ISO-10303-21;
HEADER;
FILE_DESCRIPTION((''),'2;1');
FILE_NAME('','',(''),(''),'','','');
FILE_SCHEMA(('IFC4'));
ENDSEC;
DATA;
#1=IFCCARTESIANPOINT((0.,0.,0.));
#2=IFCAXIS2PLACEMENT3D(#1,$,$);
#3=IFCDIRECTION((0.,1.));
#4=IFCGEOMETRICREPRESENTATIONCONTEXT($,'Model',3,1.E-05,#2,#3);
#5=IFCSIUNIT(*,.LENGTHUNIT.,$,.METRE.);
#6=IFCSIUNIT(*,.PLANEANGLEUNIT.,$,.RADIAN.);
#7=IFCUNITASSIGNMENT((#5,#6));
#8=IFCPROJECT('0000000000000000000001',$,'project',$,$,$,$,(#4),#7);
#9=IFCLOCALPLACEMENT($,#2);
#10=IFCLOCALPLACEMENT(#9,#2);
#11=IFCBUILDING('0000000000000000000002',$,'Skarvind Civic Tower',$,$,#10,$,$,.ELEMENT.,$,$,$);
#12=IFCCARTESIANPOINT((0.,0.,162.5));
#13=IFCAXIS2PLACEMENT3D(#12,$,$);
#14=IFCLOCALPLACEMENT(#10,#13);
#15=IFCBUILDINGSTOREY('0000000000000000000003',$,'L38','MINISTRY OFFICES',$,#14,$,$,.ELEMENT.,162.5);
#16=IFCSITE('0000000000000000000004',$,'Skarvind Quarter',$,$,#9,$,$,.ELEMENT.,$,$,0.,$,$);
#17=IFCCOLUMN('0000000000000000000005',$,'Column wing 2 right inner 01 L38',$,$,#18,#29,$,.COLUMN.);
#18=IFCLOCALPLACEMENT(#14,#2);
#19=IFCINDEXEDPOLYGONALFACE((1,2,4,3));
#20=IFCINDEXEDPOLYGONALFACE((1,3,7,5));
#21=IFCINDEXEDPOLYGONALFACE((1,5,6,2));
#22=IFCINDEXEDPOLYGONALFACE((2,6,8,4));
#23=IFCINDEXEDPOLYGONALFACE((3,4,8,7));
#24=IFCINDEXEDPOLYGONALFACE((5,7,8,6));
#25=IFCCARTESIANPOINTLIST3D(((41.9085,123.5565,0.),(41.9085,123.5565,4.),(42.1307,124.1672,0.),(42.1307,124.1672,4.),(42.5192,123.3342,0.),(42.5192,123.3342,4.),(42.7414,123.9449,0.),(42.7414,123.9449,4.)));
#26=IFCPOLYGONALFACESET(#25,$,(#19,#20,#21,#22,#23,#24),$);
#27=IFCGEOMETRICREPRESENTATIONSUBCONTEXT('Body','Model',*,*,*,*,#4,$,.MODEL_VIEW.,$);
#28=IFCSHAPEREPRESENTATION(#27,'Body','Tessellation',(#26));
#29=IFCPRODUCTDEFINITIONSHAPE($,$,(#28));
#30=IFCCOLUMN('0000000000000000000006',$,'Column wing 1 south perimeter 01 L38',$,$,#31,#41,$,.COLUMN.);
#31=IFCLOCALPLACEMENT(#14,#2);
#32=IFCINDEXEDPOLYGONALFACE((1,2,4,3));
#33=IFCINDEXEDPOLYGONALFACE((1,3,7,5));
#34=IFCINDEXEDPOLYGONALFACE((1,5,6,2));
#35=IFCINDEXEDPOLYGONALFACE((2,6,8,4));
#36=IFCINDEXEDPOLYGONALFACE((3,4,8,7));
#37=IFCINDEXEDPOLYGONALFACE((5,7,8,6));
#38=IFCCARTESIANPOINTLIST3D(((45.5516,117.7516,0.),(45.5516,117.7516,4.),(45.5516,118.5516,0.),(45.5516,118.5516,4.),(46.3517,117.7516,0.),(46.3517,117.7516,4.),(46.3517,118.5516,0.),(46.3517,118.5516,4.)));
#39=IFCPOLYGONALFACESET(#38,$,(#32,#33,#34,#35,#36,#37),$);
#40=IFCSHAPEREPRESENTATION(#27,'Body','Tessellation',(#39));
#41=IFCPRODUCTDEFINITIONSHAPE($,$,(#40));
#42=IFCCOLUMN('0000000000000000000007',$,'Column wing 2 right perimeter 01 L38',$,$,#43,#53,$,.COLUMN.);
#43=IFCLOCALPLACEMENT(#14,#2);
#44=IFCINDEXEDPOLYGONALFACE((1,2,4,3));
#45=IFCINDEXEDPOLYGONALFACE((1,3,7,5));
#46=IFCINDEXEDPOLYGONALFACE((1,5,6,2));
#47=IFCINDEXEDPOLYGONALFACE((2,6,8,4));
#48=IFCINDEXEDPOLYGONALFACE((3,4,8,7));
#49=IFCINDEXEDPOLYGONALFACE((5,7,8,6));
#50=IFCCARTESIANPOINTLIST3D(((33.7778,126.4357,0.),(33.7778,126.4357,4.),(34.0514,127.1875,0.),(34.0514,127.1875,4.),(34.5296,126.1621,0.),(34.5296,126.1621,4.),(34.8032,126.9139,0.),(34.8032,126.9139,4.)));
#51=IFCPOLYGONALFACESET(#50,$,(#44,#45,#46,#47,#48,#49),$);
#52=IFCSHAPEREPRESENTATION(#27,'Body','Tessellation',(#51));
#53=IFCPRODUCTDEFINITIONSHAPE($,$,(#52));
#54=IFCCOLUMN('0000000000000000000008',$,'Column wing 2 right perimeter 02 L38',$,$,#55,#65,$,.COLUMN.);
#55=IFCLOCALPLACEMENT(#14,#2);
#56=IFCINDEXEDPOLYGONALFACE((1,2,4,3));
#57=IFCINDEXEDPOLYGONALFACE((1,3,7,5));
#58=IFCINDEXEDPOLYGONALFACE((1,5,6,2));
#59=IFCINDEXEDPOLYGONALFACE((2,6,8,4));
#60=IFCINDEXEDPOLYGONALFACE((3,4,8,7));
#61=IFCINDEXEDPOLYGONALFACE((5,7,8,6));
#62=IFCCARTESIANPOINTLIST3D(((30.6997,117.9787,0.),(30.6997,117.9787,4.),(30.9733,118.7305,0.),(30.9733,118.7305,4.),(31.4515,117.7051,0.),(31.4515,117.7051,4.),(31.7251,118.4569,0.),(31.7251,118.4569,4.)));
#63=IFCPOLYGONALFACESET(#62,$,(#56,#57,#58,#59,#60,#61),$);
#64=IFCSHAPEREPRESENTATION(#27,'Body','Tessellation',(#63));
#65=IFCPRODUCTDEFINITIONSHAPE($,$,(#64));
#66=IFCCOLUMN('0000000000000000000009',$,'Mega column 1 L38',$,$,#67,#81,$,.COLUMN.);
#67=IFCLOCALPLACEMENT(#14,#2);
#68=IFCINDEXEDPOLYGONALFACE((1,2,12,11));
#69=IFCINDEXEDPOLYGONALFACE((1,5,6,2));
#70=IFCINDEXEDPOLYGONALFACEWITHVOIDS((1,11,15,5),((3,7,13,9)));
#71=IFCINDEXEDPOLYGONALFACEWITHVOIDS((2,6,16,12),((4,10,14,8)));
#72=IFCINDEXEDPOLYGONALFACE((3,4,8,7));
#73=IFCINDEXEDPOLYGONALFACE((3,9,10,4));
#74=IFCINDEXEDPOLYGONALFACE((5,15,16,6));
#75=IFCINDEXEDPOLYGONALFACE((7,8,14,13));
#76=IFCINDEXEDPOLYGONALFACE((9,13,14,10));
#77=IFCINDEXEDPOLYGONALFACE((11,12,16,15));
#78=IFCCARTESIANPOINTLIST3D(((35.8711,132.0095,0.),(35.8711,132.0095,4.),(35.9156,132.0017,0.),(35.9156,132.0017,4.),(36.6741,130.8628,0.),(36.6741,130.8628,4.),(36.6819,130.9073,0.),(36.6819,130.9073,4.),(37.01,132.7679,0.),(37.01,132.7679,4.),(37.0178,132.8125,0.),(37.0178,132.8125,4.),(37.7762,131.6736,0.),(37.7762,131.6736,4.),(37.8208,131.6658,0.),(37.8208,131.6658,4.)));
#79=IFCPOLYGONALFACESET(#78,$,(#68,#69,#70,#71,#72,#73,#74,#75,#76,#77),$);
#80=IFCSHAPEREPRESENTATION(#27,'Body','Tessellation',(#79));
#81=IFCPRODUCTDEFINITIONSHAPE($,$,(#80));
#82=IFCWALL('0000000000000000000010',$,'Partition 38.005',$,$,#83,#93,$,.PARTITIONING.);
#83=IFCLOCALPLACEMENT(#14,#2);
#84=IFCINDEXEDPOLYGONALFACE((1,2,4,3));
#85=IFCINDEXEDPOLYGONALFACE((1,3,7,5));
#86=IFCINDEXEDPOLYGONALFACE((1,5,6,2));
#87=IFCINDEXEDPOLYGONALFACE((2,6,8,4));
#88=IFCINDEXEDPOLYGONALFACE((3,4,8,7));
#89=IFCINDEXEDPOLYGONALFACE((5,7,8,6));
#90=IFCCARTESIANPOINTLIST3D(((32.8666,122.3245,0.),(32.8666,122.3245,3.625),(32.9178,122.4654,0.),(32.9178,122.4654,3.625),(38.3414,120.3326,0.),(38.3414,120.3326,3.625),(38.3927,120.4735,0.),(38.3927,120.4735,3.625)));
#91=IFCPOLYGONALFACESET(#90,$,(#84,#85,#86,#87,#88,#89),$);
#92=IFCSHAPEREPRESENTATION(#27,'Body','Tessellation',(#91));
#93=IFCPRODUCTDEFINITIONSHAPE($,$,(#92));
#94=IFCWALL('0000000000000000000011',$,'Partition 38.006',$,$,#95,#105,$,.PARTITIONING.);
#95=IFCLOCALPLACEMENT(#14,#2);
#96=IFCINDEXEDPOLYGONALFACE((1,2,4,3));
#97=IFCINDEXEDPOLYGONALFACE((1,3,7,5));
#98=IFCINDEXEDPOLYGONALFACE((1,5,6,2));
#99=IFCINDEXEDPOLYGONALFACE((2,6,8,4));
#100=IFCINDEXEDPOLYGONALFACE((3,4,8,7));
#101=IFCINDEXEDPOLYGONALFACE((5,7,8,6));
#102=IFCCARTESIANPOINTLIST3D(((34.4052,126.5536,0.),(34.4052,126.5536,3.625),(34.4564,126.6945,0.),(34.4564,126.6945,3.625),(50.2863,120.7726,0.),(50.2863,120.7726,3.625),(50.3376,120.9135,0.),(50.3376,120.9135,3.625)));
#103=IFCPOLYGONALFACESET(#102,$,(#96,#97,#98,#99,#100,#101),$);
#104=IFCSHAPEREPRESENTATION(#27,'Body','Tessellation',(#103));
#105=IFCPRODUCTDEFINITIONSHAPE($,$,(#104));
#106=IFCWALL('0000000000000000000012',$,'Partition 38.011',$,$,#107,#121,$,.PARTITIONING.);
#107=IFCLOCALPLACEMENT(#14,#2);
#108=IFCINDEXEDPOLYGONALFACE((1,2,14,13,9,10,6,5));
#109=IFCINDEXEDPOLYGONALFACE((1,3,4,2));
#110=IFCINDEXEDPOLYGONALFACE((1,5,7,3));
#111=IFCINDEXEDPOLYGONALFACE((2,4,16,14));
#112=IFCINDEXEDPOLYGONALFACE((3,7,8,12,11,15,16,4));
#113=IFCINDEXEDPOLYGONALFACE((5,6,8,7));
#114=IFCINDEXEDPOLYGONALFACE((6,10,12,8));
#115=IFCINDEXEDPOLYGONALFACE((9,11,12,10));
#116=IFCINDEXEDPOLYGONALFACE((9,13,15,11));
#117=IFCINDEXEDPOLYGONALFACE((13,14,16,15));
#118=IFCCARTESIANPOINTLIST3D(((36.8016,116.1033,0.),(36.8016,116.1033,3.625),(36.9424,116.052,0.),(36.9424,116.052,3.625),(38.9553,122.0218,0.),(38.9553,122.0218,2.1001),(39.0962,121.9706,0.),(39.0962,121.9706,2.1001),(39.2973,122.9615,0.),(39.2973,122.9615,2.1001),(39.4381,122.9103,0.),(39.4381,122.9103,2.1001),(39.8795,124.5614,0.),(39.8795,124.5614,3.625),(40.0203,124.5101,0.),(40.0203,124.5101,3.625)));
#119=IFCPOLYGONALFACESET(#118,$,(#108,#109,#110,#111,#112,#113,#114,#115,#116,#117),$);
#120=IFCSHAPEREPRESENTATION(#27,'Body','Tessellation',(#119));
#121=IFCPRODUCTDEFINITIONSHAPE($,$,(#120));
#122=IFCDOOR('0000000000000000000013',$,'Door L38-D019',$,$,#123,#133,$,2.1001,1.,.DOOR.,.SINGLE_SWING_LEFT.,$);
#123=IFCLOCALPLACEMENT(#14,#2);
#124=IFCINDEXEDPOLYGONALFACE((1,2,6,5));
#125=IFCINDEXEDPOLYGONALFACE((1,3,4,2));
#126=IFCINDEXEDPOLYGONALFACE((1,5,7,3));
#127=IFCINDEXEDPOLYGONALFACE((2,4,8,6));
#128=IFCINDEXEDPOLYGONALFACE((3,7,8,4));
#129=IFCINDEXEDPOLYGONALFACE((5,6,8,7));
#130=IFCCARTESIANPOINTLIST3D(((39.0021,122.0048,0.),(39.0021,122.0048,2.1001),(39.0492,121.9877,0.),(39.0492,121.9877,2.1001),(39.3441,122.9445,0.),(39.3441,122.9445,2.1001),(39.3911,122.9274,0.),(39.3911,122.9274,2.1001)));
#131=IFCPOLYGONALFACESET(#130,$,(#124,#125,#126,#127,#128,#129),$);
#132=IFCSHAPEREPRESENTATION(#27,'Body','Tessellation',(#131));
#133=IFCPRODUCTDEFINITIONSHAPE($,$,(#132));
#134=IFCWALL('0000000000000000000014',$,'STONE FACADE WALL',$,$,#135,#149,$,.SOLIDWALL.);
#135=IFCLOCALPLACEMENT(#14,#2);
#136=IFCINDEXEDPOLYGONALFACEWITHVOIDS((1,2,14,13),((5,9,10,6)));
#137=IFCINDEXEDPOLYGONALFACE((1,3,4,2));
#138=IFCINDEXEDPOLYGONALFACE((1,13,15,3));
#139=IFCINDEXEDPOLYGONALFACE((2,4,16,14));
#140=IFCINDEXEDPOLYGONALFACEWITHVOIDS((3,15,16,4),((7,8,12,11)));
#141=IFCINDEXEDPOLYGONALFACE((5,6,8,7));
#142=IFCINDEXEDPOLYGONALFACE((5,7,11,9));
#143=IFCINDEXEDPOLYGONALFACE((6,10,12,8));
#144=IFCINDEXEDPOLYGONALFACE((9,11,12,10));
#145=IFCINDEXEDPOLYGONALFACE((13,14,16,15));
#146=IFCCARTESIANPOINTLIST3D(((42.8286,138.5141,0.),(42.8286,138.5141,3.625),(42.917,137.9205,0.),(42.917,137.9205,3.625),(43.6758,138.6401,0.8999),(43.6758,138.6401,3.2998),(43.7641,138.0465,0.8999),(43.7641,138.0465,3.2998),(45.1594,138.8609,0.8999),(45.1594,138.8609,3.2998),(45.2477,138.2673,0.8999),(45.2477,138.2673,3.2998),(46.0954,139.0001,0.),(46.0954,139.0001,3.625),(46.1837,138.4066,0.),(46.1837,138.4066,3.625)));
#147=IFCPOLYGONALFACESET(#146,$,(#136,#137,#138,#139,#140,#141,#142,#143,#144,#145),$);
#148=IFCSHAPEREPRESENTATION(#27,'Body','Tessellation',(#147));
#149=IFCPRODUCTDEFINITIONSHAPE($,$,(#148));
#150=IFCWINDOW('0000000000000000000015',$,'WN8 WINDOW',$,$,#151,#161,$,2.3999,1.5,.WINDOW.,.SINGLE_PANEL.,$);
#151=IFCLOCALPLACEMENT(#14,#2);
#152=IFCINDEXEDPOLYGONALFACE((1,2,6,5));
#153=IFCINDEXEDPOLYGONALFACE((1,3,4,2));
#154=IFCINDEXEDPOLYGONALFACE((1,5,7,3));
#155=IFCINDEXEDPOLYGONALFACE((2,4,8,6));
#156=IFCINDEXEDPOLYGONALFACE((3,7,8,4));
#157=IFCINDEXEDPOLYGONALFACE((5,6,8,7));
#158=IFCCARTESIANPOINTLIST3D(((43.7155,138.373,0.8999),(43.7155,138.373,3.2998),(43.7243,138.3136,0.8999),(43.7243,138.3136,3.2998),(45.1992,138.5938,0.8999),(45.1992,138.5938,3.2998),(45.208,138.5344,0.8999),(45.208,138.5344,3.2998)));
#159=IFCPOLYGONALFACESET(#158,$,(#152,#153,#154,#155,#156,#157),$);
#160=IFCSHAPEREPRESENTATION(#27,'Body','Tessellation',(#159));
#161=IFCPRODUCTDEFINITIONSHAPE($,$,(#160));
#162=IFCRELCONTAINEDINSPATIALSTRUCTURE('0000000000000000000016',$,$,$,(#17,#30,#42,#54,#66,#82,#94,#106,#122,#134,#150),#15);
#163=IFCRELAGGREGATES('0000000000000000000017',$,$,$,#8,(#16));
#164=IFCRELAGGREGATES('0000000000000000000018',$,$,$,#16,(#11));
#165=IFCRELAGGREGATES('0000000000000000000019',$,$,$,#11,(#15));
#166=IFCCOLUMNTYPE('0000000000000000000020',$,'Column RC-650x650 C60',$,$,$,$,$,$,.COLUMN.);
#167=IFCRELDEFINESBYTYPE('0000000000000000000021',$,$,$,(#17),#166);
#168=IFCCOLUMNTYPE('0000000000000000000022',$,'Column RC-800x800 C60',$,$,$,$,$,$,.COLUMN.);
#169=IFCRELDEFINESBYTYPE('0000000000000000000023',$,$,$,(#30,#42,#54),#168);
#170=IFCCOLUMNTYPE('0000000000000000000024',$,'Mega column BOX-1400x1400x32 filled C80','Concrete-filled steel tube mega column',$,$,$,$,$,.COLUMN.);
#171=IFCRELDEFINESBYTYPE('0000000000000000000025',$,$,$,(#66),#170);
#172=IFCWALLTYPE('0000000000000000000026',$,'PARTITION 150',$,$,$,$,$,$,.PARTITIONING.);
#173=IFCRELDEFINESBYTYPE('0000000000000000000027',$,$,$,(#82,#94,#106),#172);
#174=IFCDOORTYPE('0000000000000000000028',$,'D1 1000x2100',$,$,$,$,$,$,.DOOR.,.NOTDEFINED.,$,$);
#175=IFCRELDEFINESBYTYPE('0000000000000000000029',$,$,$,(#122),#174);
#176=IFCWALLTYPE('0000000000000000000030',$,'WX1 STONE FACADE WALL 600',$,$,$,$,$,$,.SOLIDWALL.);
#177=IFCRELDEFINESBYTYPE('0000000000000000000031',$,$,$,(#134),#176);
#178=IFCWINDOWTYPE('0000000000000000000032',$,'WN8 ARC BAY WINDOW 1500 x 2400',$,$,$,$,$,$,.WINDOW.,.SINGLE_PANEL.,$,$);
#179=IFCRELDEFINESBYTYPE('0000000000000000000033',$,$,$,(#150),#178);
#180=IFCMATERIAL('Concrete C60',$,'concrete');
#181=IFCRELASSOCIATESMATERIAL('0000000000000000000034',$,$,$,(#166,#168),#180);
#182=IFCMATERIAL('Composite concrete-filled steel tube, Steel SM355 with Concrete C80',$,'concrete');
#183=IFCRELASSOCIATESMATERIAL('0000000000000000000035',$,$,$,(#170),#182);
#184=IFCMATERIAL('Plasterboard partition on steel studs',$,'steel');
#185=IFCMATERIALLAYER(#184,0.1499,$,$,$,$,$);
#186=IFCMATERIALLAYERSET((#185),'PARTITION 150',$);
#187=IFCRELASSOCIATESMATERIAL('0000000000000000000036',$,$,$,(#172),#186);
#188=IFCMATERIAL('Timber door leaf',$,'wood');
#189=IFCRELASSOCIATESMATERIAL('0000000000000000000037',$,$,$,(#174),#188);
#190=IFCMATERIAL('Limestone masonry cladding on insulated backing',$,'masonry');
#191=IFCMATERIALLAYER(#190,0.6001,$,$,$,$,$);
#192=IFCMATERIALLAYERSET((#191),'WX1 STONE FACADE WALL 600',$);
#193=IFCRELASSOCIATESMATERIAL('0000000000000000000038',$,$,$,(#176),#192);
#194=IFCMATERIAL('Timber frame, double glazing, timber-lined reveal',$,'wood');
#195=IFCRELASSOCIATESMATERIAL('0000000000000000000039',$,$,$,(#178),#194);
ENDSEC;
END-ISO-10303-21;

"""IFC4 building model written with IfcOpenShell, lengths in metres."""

from ifc_helpers import new_model, si_unit, direction, frame, frame_2d, origin, origin_2d, place, context, subcontext, project, spatial, rectangle, hollow_rectangle, extrude, material, layer, layer_set, material_profile, profile_set, type_object, element, fill, save


model = new_model("IFC4")

# Units and contexts
model_context = context("Model", 3, precision=1e-05, world=origin(), true_north=direction((0.0, 1.0)))
body_context = subcontext(model_context, "Body", "Model", "MODEL_VIEW")
ifc_project = project(units=[si_unit("LENGTHUNIT", "METRE"), si_unit("PLANEANGLEUNIT", "RADIAN")], contexts=[model_context])

# Site, building, storey
site_placement = place(None, origin())
site = spatial("IfcSite", under=ifc_project, at=site_placement, Name="Skarvind Quarter", CompositionType="ELEMENT", RefElevation=0.0)
building_placement = place(site_placement, origin())
building = spatial("IfcBuilding", under=site, at=building_placement, Name="Skarvind Civic Tower", CompositionType="ELEMENT")
storey_placement = place(building_placement, frame((0.0, 0.0, 162.5)))
storey = spatial("IfcBuildingStorey", under=building, at=storey_placement, Name="L38", Description="MINISTRY OFFICES", CompositionType="ELEMENT", Elevation=162.5)

# Columns
ifc_material_1 = material(Name="Concrete C60", Category="concrete")
ifc_material_profile_1 = material_profile(ifc_material_1, rectangle(XDim=0.6499, YDim=0.6499, at=origin_2d()), Name="RC-650x650")
ifc_profile_set_1 = profile_set([ifc_material_profile_1], Name="Concrete C60")
column_type_1 = type_object("IfcColumnType", Name="Column RC-650x650 C60", PredefinedType="COLUMN", material=ifc_profile_set_1)
column_1_placement = place(storey_placement, frame((42.325, 123.7507, 0.0), z_axis=(0.0, 0.0, 1.0), x_axis=(-0.34202, -0.939693, 0.0)))
element("IfcColumn", 1, at=column_1_placement, inside=storey, type_object=column_type_1, Name="Column wing 2 right inner 01 L38", PredefinedType="COLUMN", context=body_context, shape_type="SweptSolid", body=[
    extrude(rectangle(XDim=0.6499, YDim=0.6499, at=origin_2d()), origin(), (0.0, 0.0, 1.0), 4.0),
])
ifc_material_profile_2 = material_profile(ifc_material_1, rectangle(XDim=0.8, YDim=0.8, at=origin_2d()), Name="RC-800x800")
ifc_profile_set_2 = profile_set([ifc_material_profile_2], Name="Concrete C60")
column_type_2 = type_object("IfcColumnType", Name="Column RC-800x800 C60", PredefinedType="COLUMN", material=ifc_profile_set_2)
for number, where, z_axis, x_axis, name in (
    (2, (45.9517, 118.1516, 0.0), (0.0, 0.0, 1.0), (1.0, 0.0, 0.0), "Column wing 1 south perimeter 01 L38"),
    (3, (34.2905, 126.6748, 0.0), (0.0, 0.0, 1.0), (-0.34202, -0.939693, 0.0), "Column wing 2 right perimeter 01 L38"),
    (4, (31.2124, 118.2178, 0.0), (0.0, 0.0, 1.0), (-0.34202, -0.939693, 0.0), "Column wing 2 right perimeter 02 L38"),
):
    element("IfcColumn", number, at=place(storey_placement, frame(where, z_axis=z_axis, x_axis=x_axis)), inside=storey, type_object=column_type_2, Name=name, PredefinedType="COLUMN", context=body_context, shape_type="SweptSolid", body=[
        extrude(rectangle(XDim=0.8, YDim=0.8, at=origin_2d()), origin(), (0.0, 0.0, 1.0), 4.0),
    ])
ifc_material_2 = material(Name="Composite concrete-filled steel tube, Steel SM355 with Concrete C80", Category="concrete")
ifc_material_profile_3 = material_profile(ifc_material_2, hollow_rectangle(XDim=1.3999, YDim=1.3999, WallThickness=0.032, at=origin_2d()), Name="BOX-1400x1400x32")
ifc_profile_set_3 = profile_set([ifc_material_profile_3], Name="Composite concrete-filled steel tube, Steel SM355 with Concrete C80")
column_type_3 = type_object("IfcColumnType", Name="Mega column BOX-1400x1400x32 filled C80", Description="Concrete-filled steel tube mega column", PredefinedType="COLUMN", material=ifc_profile_set_3)
column_2_placement = place(storey_placement, frame((36.8459, 131.8376, 0.0), z_axis=(0.0, 0.0, 1.0), x_axis=(0.573576, -0.819152, 0.0)))
element("IfcColumn", 5, at=column_2_placement, inside=storey, type_object=column_type_3, Name="Mega column 1 L38", PredefinedType="COLUMN", context=body_context, shape_type="SweptSolid", body=[
    extrude(hollow_rectangle(XDim=1.3999, YDim=1.3999, WallThickness=0.032, at=origin_2d()), origin(), (0.0, 0.0, 1.0), 4.0),
])

# Walls
ifc_material_3 = material(Name="Plasterboard partition on steel studs", Category="steel")
ifc_layer_1 = layer(ifc_material_3, 0.1499)
ifc_layer_set_1 = layer_set([ifc_layer_1], Name="PARTITION 150")
wall_type_1 = type_object("IfcWallType", Name="PARTITION 150", PredefinedType="PARTITIONING", material=ifc_layer_set_1)
wall_1_placement = place(storey_placement, frame((32.8921, 122.395, 0.0), z_axis=(0.0, 0.0, 1.0), x_axis=(0.939733, -0.341908, 0.0)))
element("IfcWall", 6, at=wall_1_placement, inside=storey, type_object=wall_type_1, Name="Partition 38.005", PredefinedType="PARTITIONING", context=body_context, shape_type="SweptSolid", body=[
    extrude(rectangle(XDim=5.8259, YDim=0.1499, at=frame_2d((2.9131, 0.0))), origin(), (0.0, 0.0, 1.0), 3.625),
])
wall_2_placement = place(storey_placement, frame((34.4309, 126.624, 0.0), z_axis=(0.0, 0.0, 1.0), x_axis=(0.939678, -0.34206, 0.0)))
element("IfcWall", 7, at=wall_2_placement, inside=storey, type_object=wall_type_1, Name="Partition 38.006", PredefinedType="PARTITIONING", context=body_context, shape_type="SweptSolid", body=[
    extrude(rectangle(XDim=16.9006, YDim=0.1499, at=frame_2d((8.4502, 0.0))), origin(), (0.0, 0.0, 1.0), 3.625),
])

# Wall, opening, door
wall_3_placement = place(storey_placement, frame((39.95, 124.5359, 0.0), z_axis=(0.0, 0.0, 1.0), x_axis=(-0.341963, -0.939713, 0.0)))
wall_3 = element("IfcWall", 8, at=wall_3_placement, inside=storey, type_object=wall_type_1, Name="Partition 38.011", PredefinedType="PARTITIONING", context=body_context, shape_type="SweptSolid", body=[
    extrude(rectangle(XDim=9.0007, YDim=0.1499, at=frame_2d((4.5005, 0.0))), origin(), (0.0, 0.0, 1.0), 3.625),
])
opening_1_placement = place(wall_3_placement, frame((1.7026, 0.0, 0.0)))
opening_1 = element("IfcOpeningElement", 9, at=opening_1_placement, cuts=wall_3, PredefinedType="OPENING", context=body_context, shape_type="SweptSolid", body=[
    extrude(rectangle(XDim=1.0, YDim=2.1001, at=frame_2d((0.5, 1.05))), frame((0.0, 0.085, 0.0), z_axis=(0.0, -1.0, 0.0), x_axis=(1.0, 0.0, 0.0)), (0.0, 0.0, 1.0), 0.1699),
])
ifc_material_4 = material(Name="Timber door leaf", Category="wood")
door_type = type_object("IfcDoorType", Name="D1 1000x2100", OperationType="NOTDEFINED", PredefinedType="DOOR", material=ifc_material_4)
door_placement = place(opening_1_placement, origin())
door = element("IfcDoor", 10, at=door_placement, inside=storey, type_object=door_type, Name="Door L38-D019", OperationType="SINGLE_SWING_LEFT", OverallHeight=2.1001, OverallWidth=1.0, PredefinedType="DOOR", context=body_context, shape_type="SweptSolid", body=[
    extrude(rectangle(XDim=1.0, YDim=2.1001, at=frame_2d((0.5, 1.05))), frame((0.0, 0.0249, 0.0), z_axis=(0.0, -1.0, 0.0), x_axis=(1.0, 0.0, 0.0)), (0.0, 0.0, 1.0), 0.05),
])
fill(opening_1, door)

# Wall, opening, window
ifc_material_5 = material(Name="Limestone masonry cladding on insulated backing", Category="masonry")
ifc_layer_2 = layer(ifc_material_5, 0.6001)
ifc_layer_set_2 = layer_set([ifc_layer_2], Name="WX1 STONE FACADE WALL 600")
wall_type_2 = type_object("IfcWallType", Name="WX1 STONE FACADE WALL 600", PredefinedType="SOLIDWALL", material=ifc_layer_set_2)
wall_4_placement = place(storey_placement, frame((42.8728, 138.2173, 0.0), z_axis=(0.0, 0.0, 1.0), x_axis=(0.989111, 0.147173, 0.0)))
wall_4 = element("IfcWall", 11, at=wall_4_placement, inside=storey, type_object=wall_type_2, Name="STONE FACADE WALL", PredefinedType="SOLIDWALL", context=body_context, shape_type="SweptSolid", body=[
    extrude(rectangle(XDim=3.3027, YDim=0.6001, at=frame_2d((1.6514, 0.0))), origin(), (0.0, 0.0, 1.0), 3.625),
])
opening_2_placement = place(wall_4_placement, frame((0.8564, 0.0, 0.8999)))
opening_2 = element("IfcOpeningElement", 12, at=opening_2_placement, cuts=wall_4, PredefinedType="OPENING", context=body_context, shape_type="SweptSolid", body=[
    extrude(rectangle(XDim=1.5, YDim=2.3999, at=frame_2d((0.75, 1.2))), frame((0.0, 0.3101, 0.0), z_axis=(0.0, -1.0, 0.0), x_axis=(1.0, 0.0, 0.0)), (0.0, 0.0, 1.0), 0.6201),
])
ifc_material_6 = material(Name="Timber frame, double glazing, timber-lined reveal", Category="wood")
window_type = type_object("IfcWindowType", Name="WN8 ARC BAY WINDOW 1500 x 2400", PartitioningType="SINGLE_PANEL", PredefinedType="WINDOW", material=ifc_material_6)
window_1_placement = place(opening_2_placement, origin())
window_1 = element("IfcWindow", 13, at=window_1_placement, inside=storey, type_object=window_type, Name="WN8 WINDOW", OverallHeight=2.3999, OverallWidth=1.5, PartitioningType="SINGLE_PANEL", PredefinedType="WINDOW", context=body_context, shape_type="SweptSolid", body=[
    extrude(rectangle(XDim=1.5, YDim=2.3999, at=frame_2d((0.75, 1.2))), frame((0.0, 0.03, 0.0), z_axis=(0.0, -1.0, 0.0), x_axis=(1.0, 0.0, 0.0)), (0.0, 0.0, 1.0), 0.0601),
])
fill(opening_2, window_1)

save(model, "model.ifc")
